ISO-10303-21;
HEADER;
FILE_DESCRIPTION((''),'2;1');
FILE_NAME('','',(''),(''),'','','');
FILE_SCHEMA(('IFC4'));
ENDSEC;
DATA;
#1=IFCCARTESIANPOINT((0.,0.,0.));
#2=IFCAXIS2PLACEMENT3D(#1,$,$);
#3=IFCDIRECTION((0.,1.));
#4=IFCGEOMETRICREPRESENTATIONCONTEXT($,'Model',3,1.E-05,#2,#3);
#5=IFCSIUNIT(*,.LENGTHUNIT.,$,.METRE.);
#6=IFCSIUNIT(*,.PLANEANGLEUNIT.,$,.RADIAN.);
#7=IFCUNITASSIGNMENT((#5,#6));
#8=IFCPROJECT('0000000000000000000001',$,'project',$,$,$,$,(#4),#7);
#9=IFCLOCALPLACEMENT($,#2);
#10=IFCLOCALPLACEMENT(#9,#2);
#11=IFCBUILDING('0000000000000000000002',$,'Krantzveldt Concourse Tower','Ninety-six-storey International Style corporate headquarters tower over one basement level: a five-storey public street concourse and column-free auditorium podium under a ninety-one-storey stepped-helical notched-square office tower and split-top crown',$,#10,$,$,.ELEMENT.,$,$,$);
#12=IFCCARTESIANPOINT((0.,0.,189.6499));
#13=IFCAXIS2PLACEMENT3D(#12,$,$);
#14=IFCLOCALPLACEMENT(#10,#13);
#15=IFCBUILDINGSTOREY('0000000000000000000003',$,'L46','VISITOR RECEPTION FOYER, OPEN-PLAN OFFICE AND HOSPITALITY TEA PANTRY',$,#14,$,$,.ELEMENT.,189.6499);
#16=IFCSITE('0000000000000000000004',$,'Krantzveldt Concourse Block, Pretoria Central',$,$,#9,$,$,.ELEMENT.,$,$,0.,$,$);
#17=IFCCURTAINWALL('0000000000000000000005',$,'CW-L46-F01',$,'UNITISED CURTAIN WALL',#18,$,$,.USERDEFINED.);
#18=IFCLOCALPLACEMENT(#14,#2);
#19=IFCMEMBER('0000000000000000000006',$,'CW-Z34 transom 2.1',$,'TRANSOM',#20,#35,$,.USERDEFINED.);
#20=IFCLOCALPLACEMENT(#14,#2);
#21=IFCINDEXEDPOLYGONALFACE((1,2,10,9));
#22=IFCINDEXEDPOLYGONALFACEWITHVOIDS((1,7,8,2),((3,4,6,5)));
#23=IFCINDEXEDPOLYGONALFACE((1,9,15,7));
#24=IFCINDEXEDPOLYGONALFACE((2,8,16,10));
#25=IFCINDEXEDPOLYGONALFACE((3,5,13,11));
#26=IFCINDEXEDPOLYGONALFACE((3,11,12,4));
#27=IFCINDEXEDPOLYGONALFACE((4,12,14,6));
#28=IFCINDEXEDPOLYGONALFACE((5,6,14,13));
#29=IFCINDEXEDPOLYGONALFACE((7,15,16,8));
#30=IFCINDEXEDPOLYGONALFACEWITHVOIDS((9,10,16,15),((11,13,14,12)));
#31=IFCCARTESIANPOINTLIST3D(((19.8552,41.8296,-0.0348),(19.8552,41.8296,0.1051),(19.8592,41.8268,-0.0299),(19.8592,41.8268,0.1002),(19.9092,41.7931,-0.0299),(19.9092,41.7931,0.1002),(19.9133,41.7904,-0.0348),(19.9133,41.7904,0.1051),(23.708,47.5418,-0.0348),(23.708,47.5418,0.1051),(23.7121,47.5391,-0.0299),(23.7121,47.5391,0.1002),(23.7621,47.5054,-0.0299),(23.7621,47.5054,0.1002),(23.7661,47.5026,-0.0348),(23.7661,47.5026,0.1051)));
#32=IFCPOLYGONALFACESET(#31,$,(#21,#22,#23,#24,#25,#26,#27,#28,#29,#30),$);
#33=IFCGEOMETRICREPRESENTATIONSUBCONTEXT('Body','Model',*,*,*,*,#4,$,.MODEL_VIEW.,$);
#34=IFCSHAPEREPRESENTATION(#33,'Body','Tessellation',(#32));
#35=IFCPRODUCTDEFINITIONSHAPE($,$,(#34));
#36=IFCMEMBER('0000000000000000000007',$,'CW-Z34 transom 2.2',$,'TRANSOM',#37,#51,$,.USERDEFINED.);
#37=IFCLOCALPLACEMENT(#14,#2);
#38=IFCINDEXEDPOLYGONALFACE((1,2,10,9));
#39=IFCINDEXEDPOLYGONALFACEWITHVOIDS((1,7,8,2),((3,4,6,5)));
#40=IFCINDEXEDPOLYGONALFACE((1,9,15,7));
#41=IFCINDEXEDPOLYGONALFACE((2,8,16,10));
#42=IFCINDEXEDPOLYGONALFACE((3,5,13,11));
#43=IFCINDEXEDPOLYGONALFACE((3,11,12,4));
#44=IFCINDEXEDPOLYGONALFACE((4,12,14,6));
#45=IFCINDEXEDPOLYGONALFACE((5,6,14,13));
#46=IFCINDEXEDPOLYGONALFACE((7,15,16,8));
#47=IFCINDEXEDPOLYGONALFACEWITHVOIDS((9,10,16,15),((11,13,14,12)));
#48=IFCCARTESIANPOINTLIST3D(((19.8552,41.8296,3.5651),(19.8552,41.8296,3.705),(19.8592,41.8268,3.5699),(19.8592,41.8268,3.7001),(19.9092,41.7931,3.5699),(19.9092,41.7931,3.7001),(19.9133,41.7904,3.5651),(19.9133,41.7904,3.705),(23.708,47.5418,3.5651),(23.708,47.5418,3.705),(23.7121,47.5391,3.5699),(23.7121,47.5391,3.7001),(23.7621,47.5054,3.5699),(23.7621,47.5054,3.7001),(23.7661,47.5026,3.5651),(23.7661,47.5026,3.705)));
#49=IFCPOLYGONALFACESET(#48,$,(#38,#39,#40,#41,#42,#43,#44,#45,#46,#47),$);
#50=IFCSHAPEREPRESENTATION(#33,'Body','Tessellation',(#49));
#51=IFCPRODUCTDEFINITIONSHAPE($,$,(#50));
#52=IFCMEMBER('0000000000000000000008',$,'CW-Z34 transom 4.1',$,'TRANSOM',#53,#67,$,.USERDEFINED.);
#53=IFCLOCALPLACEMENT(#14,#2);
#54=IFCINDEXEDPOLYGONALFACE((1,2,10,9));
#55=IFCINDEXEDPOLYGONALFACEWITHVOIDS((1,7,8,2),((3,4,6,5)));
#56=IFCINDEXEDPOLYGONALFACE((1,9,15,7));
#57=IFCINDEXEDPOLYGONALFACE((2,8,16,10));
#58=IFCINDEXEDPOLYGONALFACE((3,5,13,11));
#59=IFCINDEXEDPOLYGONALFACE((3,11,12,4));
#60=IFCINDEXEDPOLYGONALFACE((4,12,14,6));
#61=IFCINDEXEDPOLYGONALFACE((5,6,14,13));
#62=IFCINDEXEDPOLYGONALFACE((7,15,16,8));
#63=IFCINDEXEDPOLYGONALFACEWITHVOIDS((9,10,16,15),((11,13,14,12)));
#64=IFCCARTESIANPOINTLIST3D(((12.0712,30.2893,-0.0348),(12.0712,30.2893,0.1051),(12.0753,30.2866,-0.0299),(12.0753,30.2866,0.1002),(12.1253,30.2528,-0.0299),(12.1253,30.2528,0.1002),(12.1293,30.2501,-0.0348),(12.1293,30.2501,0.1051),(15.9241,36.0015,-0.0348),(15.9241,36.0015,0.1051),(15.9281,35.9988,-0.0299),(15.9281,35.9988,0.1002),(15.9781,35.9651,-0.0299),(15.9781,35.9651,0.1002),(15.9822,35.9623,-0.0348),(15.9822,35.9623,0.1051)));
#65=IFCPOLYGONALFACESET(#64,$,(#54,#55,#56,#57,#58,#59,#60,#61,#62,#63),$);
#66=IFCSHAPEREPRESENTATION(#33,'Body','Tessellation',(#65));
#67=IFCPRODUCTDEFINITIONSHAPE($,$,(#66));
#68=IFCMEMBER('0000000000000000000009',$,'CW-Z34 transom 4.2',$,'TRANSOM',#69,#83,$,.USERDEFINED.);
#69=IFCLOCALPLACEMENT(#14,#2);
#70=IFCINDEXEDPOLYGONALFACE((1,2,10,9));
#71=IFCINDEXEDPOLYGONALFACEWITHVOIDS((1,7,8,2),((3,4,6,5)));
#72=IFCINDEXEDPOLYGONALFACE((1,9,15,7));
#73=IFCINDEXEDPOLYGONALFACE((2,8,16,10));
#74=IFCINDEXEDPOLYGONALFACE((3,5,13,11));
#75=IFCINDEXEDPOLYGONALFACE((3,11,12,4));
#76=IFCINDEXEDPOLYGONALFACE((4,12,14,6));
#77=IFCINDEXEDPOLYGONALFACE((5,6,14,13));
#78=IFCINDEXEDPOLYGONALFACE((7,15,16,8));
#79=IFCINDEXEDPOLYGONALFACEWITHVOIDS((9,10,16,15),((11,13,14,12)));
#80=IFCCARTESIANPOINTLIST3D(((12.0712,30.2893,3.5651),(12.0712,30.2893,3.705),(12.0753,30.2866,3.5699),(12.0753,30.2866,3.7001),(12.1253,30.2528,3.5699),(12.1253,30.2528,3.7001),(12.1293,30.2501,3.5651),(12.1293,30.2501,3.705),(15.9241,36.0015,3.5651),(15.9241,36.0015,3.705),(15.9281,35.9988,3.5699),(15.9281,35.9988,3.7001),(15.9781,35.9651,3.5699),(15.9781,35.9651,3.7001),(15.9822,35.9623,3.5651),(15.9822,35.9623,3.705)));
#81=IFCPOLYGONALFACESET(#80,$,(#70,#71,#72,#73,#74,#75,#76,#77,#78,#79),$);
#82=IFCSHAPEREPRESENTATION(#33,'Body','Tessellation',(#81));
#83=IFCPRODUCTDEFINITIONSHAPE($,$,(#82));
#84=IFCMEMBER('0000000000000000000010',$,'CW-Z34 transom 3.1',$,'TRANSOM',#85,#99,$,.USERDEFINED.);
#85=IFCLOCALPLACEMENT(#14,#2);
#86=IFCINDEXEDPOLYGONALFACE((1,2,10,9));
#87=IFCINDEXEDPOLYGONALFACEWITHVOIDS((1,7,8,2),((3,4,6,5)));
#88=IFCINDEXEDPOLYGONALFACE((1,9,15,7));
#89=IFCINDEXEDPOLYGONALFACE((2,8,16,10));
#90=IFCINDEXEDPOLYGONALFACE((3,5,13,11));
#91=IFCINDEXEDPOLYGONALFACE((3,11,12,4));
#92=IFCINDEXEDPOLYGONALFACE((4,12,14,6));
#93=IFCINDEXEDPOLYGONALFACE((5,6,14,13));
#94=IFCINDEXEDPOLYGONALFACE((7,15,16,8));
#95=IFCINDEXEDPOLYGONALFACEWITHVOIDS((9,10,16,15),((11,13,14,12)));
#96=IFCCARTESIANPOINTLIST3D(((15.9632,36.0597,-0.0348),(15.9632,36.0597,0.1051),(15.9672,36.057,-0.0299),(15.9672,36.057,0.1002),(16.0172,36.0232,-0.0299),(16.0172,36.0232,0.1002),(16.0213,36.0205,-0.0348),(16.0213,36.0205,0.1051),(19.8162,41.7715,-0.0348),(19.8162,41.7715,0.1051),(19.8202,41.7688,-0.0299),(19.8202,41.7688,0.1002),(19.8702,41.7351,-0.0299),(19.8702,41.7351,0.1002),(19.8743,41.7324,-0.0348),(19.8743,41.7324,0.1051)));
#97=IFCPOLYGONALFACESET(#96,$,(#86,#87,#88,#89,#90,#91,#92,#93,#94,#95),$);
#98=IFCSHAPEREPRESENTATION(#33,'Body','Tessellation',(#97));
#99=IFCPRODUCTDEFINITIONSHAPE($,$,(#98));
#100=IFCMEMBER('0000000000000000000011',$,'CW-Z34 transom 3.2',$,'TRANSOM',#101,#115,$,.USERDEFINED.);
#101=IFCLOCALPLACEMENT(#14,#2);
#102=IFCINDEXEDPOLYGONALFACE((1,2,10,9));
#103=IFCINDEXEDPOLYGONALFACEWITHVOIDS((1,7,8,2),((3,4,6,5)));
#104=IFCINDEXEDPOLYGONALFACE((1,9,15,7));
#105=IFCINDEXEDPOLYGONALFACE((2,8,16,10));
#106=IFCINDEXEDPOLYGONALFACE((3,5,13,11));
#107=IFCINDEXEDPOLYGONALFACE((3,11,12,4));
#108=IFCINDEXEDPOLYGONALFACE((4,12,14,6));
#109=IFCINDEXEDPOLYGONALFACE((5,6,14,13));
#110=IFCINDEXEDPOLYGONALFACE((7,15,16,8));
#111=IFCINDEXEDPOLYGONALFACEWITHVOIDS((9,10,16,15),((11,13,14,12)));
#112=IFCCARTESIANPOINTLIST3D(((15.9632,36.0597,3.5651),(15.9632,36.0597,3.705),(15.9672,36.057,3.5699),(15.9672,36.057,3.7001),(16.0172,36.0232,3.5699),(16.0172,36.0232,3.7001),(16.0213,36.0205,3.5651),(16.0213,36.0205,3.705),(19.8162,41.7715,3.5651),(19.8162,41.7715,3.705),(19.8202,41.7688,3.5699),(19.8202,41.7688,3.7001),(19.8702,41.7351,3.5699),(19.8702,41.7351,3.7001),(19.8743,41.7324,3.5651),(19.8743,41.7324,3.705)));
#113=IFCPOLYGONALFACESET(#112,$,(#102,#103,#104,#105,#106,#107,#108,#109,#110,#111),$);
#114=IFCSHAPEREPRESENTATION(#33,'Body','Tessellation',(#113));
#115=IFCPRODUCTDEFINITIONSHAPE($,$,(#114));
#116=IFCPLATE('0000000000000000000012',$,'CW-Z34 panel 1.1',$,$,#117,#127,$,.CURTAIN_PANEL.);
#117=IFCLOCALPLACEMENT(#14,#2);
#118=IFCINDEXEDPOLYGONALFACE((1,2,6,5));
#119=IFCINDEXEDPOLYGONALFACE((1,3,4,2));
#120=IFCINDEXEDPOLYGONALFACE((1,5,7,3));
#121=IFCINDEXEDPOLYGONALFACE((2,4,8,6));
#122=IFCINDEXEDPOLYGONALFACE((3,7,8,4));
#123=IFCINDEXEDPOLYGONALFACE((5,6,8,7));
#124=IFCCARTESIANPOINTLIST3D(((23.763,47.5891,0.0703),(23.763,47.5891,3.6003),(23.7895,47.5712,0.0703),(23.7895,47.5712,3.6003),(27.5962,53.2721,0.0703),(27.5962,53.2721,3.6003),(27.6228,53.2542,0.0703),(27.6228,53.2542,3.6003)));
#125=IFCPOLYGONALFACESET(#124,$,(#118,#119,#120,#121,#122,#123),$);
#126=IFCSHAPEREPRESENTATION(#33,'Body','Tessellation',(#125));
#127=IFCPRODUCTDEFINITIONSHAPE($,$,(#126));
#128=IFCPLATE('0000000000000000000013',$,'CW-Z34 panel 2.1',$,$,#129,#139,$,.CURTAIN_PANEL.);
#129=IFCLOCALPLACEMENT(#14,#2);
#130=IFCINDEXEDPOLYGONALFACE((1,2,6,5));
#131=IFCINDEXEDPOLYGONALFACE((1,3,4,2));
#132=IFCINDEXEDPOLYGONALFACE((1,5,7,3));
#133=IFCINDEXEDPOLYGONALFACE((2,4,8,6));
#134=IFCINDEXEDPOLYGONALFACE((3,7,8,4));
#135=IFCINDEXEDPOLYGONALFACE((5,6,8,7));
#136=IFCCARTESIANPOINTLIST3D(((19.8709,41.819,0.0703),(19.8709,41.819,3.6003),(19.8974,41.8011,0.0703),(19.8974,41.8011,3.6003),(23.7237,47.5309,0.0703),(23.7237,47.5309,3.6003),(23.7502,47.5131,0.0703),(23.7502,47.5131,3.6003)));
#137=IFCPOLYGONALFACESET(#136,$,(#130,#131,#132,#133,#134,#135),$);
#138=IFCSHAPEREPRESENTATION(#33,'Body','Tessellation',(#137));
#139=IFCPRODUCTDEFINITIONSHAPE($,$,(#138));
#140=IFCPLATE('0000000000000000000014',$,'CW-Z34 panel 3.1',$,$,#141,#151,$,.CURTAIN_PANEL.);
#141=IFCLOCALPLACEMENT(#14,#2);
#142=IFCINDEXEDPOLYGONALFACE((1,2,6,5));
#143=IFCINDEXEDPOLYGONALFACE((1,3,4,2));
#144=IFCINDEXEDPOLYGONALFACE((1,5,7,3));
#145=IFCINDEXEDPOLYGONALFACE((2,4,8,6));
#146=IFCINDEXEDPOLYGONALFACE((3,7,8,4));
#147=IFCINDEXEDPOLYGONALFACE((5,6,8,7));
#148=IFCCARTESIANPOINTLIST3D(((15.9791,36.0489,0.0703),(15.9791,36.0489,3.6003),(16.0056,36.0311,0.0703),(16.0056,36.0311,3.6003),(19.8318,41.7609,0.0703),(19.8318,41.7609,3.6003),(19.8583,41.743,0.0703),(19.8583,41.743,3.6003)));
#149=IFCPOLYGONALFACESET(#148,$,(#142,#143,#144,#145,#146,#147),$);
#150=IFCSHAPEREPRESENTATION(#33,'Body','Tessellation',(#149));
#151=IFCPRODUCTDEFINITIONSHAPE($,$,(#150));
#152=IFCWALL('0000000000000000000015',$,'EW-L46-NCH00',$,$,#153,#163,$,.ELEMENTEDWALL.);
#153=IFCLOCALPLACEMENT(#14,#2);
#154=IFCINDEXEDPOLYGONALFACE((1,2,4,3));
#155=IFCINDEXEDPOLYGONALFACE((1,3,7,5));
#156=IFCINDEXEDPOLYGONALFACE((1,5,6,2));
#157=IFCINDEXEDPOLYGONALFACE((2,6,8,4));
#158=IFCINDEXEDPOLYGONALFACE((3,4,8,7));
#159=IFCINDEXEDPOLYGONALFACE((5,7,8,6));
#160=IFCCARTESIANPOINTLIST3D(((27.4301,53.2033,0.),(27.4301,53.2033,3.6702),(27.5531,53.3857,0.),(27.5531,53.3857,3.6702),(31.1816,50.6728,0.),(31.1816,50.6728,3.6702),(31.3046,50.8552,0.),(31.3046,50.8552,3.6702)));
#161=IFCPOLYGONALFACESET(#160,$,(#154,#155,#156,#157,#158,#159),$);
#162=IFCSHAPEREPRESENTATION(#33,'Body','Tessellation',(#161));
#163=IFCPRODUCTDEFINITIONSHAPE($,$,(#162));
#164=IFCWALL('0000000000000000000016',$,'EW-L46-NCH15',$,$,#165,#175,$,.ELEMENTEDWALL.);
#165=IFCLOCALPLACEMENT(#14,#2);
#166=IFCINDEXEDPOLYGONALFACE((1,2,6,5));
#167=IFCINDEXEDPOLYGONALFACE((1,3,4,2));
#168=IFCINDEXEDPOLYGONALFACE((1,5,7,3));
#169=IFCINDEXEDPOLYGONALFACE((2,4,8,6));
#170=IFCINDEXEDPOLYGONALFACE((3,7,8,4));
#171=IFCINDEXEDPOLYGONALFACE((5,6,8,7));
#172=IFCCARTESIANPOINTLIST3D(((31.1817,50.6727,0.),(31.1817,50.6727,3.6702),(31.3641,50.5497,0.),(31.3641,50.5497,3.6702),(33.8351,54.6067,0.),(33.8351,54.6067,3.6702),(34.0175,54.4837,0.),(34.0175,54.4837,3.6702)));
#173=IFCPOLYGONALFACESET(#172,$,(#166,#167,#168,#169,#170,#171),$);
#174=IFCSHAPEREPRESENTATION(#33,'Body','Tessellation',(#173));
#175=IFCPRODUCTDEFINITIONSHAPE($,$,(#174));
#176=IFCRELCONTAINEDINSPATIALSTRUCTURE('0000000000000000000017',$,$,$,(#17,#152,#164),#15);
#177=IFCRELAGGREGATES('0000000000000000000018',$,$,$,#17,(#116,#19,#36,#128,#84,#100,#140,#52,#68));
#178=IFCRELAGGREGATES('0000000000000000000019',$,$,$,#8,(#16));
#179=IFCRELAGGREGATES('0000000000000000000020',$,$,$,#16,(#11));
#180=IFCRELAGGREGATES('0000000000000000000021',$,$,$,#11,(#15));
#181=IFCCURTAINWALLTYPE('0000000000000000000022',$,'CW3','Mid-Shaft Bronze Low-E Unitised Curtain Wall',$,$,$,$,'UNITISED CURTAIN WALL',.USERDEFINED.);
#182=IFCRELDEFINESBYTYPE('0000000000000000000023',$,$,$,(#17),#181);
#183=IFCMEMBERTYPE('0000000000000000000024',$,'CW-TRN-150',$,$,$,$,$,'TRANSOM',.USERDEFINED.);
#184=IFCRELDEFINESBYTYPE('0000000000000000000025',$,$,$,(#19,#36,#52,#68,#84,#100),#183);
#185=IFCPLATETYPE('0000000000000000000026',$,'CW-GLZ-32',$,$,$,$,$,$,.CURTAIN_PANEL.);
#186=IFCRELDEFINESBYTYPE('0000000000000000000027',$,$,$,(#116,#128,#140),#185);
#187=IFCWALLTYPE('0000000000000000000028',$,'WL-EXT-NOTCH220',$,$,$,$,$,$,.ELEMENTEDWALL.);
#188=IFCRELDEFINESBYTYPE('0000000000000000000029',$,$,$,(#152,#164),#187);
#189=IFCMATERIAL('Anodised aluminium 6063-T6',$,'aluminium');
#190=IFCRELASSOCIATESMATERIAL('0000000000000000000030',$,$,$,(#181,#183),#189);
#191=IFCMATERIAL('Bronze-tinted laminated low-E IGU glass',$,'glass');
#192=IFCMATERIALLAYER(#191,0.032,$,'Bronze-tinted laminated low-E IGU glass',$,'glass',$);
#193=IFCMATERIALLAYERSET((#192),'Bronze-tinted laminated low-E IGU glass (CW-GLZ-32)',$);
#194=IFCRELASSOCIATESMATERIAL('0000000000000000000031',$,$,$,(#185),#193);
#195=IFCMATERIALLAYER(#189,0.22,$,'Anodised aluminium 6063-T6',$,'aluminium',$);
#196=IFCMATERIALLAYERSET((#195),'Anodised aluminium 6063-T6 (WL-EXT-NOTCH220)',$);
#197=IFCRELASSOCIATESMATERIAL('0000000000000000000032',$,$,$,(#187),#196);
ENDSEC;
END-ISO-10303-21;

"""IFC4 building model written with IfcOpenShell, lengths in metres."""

from ifc_helpers import new_model, si_unit, direction, frame, frame_2d, origin, origin_2d, place, context, subcontext, project, spatial, rectangle, hollow_rectangle, extrude, source, transform, mapped, material, layer, layer_set, material_profile, profile_set, type_object, type_shapes, element, aggregate, save


model = new_model("IFC4")

# Units and contexts
model_context = context("Model", 3, precision=1e-05, world=origin(), true_north=direction((0.0, 1.0)))
body_context = subcontext(model_context, "Body", "Model", "MODEL_VIEW")
ifc_project = project(units=[si_unit("LENGTHUNIT", "METRE"), si_unit("PLANEANGLEUNIT", "RADIAN")], contexts=[model_context])

# Site, building, storey
site_placement = place(None, origin())
site = spatial("IfcSite", under=ifc_project, at=site_placement, Name="Krantzveldt Concourse Block, Pretoria Central", CompositionType="ELEMENT", RefElevation=0.0)
building_placement = place(site_placement, origin())
building = spatial("IfcBuilding", under=site, at=building_placement, Name="Krantzveldt Concourse Tower", Description="Ninety-six-storey International Style corporate headquarters tower over one basement level: a five-storey public street concourse and column-free auditorium podium under a ninety-one-storey stepped-helical notched-square office tower and split-top crown", CompositionType="ELEMENT")
storey_placement = place(building_placement, frame((0.0, 0.0, 189.6499)))
storey = spatial("IfcBuildingStorey", under=building, at=storey_placement, Name="L46", Description="VISITOR RECEPTION FOYER, OPEN-PLAN OFFICE AND HOSPITALITY TEA PANTRY", CompositionType="ELEMENT", Elevation=189.6499)

# Curtain wall
ifc_material_1 = material(Name="Anodised aluminium 6063-T6", Category="aluminium")
curtain_wall_type = type_object("IfcCurtainWallType", Name="CW3", Description="Mid-Shaft Bronze Low-E Unitised Curtain Wall", ElementType="UNITISED CURTAIN WALL", PredefinedType="USERDEFINED", material=ifc_material_1)
curtain_wall_1_placement = place(storey_placement, origin())
curtain_wall_1 = element("IfcCurtainWall", 1, at=curtain_wall_1_placement, inside=storey, type_object=curtain_wall_type, Name="CW-L46-F01", ObjectType="UNITISED CURTAIN WALL", PredefinedType="USERDEFINED")

# Members
ifc_material_profile_1 = material_profile(ifc_material_1, hollow_rectangle(XDim=0.0701, YDim=0.1399, WallThickness=0.0049, at=origin_2d()), Name="Anodised aluminium 6063-T6", Category="aluminium")
ifc_profile_set_1 = profile_set([ifc_material_profile_1], Name="Anodised aluminium 6063-T6 - ALU-TRAN 140x70x5")
member_type_1 = type_object("IfcMemberType", Name="CW-TRN-150", ElementType="TRANSOM", PredefinedType="USERDEFINED", material=ifc_profile_set_1)
shared_shape_1 = source(origin(), body_context, "Body", "SweptSolid", [
    extrude(hollow_rectangle(XDim=0.0701, YDim=0.1399, WallThickness=0.0049, at=origin_2d()), origin(), (0.0, 0.0, 1.0), 6.8901),
])
member_1_placement = place(storey_placement, frame((23.7371, 47.5222, 0.0352), z_axis=(-0.559181, -0.829045, 0.0), x_axis=(0.829045, -0.559181, 0.0)))
member_1 = element("IfcMember", 2, at=member_1_placement, type_object=member_type_1, Name="CW-Z34 transom 2.1", ObjectType="TRANSOM", PredefinedType="USERDEFINED", context=body_context, shape_type="MappedRepresentation", body=[
    mapped(shared_shape_1, transform((0.0, 0.0, 0.0), x_axis=(1.0, 0.0, 0.0), y_axis=(0.0, 1.0, 0.0), z_axis=(0.0, 0.0, 1.0), scale=1.0)),
])
member_2_placement = place(storey_placement, frame((23.7371, 47.5222, 3.635), z_axis=(-0.559181, -0.829045, 0.0), x_axis=(0.829045, -0.559181, 0.0)))
member_2 = element("IfcMember", 3, at=member_2_placement, type_object=member_type_1, Name="CW-Z34 transom 2.2", ObjectType="TRANSOM", PredefinedType="USERDEFINED", context=body_context, shape_type="MappedRepresentation", body=[
    mapped(shared_shape_1, transform((0.0, 0.0, 0.0), x_axis=(1.0, 0.0, 0.0), y_axis=(0.0, 1.0, 0.0), z_axis=(0.0, 0.0, 1.0), scale=1.0)),
])
member_3_placement = place(storey_placement, frame((15.9531, 35.9819, 0.0352), z_axis=(-0.559181, -0.829045, 0.0), x_axis=(0.829045, -0.559181, 0.0)))
member_3 = element("IfcMember", 4, at=member_3_placement, type_object=member_type_1, Name="CW-Z34 transom 4.1", ObjectType="TRANSOM", PredefinedType="USERDEFINED", context=body_context, shape_type="MappedRepresentation", body=[
    mapped(shared_shape_1, transform((0.0, 0.0, 0.0), x_axis=(1.0, 0.0, 0.0), y_axis=(0.0, 1.0, 0.0), z_axis=(0.0, 0.0, 1.0), scale=1.0)),
])
member_4_placement = place(storey_placement, frame((15.9531, 35.9819, 3.635), z_axis=(-0.559181, -0.829045, 0.0), x_axis=(0.829045, -0.559181, 0.0)))
member_4 = element("IfcMember", 5, at=member_4_placement, type_object=member_type_1, Name="CW-Z34 transom 4.2", ObjectType="TRANSOM", PredefinedType="USERDEFINED", context=body_context, shape_type="MappedRepresentation", body=[
    mapped(shared_shape_1, transform((0.0, 0.0, 0.0), x_axis=(1.0, 0.0, 0.0), y_axis=(0.0, 1.0, 0.0), z_axis=(0.0, 0.0, 1.0), scale=1.0)),
])
shared_shape_2 = source(origin(), body_context, "Body", "SweptSolid", [
    extrude(hollow_rectangle(XDim=0.0701, YDim=0.1399, WallThickness=0.0049, at=origin_2d()), origin(), (0.0, 0.0, 1.0), 6.8899),
])
member_5_placement = place(storey_placement, frame((19.8452, 41.752, 0.0352), z_axis=(-0.559222, -0.829018, 0.0), x_axis=(0.829018, -0.559222, 0.0)))
member_5 = element("IfcMember", 6, at=member_5_placement, type_object=member_type_1, Name="CW-Z34 transom 3.1", ObjectType="TRANSOM", PredefinedType="USERDEFINED", context=body_context, shape_type="MappedRepresentation", body=[
    mapped(shared_shape_2, transform((0.0, 0.0, 0.0), x_axis=(1.0, 0.0, 0.0), y_axis=(0.0, 1.0, 0.0), z_axis=(0.0, 0.0, 1.0), scale=1.0)),
])
member_6_placement = place(storey_placement, frame((19.8452, 41.752, 3.635), z_axis=(-0.559222, -0.829018, 0.0), x_axis=(0.829018, -0.559222, 0.0)))
member_6 = element("IfcMember", 7, at=member_6_placement, type_object=member_type_1, Name="CW-Z34 transom 3.2", ObjectType="TRANSOM", PredefinedType="USERDEFINED", context=body_context, shape_type="MappedRepresentation", body=[
    mapped(shared_shape_2, transform((0.0, 0.0, 0.0), x_axis=(1.0, 0.0, 0.0), y_axis=(0.0, 1.0, 0.0), z_axis=(0.0, 0.0, 1.0), scale=1.0)),
])

# Plates
ifc_material_2 = material(Name="Bronze-tinted laminated low-E IGU glass", Category="glass")
ifc_layer_1 = layer(ifc_material_2, 0.032, Name="Bronze-tinted laminated low-E IGU glass", Category="glass")
ifc_layer_set_1 = layer_set([ifc_layer_1], Name="Bronze-tinted laminated low-E IGU glass (CW-GLZ-32)")
plate_type = type_object("IfcPlateType", Name="CW-GLZ-32", PredefinedType="CURTAIN_PANEL", material=ifc_layer_set_1)
shared_shape_3 = source(origin(), body_context, "Body", "SweptSolid", [
    extrude(rectangle(XDim=6.855, YDim=0.032, at=origin_2d()), origin(), (0.0, 0.0, 1.0), 3.53),
])
plate_1_placement = place(storey_placement, frame((25.6929, 50.4216, 0.0703), z_axis=(0.0, 0.0, 1.0), x_axis=(-0.559193, -0.829038, 0.0)))
plate_1 = element("IfcPlate", 8, at=plate_1_placement, type_object=plate_type, Name="CW-Z34 panel 1.1", PredefinedType="CURTAIN_PANEL", context=body_context, shape_type="MappedRepresentation", body=[
    mapped(shared_shape_3, transform((0.0, 0.0, 0.0), x_axis=(1.0, 0.0, 0.0), y_axis=(0.0, 1.0, 0.0), z_axis=(0.0, 0.0, 1.0), scale=1.0)),
])
shared_shape_4 = source(origin(), body_context, "Body", "SweptSolid", [
    extrude(rectangle(XDim=6.8899, YDim=0.032, at=origin_2d()), origin(), (0.0, 0.0, 1.0), 3.53),
])
type_shapes(plate_type, [shared_shape_3, shared_shape_4])
plate_2_placement = place(storey_placement, frame((21.8105, 44.666, 0.0703), z_axis=(0.0, 0.0, 1.0), x_axis=(-0.559193, -0.829038, 0.0)))
plate_2 = element("IfcPlate", 9, at=plate_2_placement, type_object=plate_type, Name="CW-Z34 panel 2.1", PredefinedType="CURTAIN_PANEL", context=body_context, shape_type="MappedRepresentation", body=[
    mapped(shared_shape_4, transform((0.0, 0.0, 0.0), x_axis=(1.0, 0.0, 0.0), y_axis=(0.0, 1.0, 0.0), z_axis=(0.0, 0.0, 1.0), scale=1.0)),
])
plate_3_placement = place(storey_placement, frame((17.9187, 38.896, 0.0703), z_axis=(0.0, 0.0, 1.0), x_axis=(-0.559193, -0.829038, 0.0)))
plate_3 = element("IfcPlate", 10, at=plate_3_placement, type_object=plate_type, Name="CW-Z34 panel 3.1", PredefinedType="CURTAIN_PANEL", context=body_context, shape_type="MappedRepresentation", body=[
    mapped(shared_shape_4, transform((0.0, 0.0, 0.0), x_axis=(1.0, 0.0, 0.0), y_axis=(0.0, 1.0, 0.0), z_axis=(0.0, 0.0, 1.0), scale=1.0)),
])
aggregate(curtain_wall_1, [plate_1, member_1, member_2, plate_2, member_5, member_6, plate_3, member_3, member_4])

# Walls
ifc_layer_2 = layer(ifc_material_1, 0.22, Name="Anodised aluminium 6063-T6", Category="aluminium")
ifc_layer_set_2 = layer_set([ifc_layer_2], Name="Anodised aluminium 6063-T6 (WL-EXT-NOTCH220)")
wall_type_1 = type_object("IfcWallType", Name="WL-EXT-NOTCH220", PredefinedType="ELEMENTEDWALL", material=ifc_layer_set_2)
wall_1_placement = place(storey_placement, frame((31.2432, 50.7639, 0.0), z_axis=(0.0, 0.0, 1.0), x_axis=(-0.829025, 0.559212, 0.0)))
element("IfcWall", 11, at=wall_1_placement, inside=storey, type_object=wall_type_1, Name="EW-L46-NCH00", PredefinedType="ELEMENTEDWALL", context=body_context, shape_type="SweptSolid", body=[
    extrude(rectangle(XDim=4.5251, YDim=0.22, at=frame_2d((2.2627, 0.0))), origin(), (0.0, 0.0, 1.0), 3.6702),
])
wall_2_placement = place(storey_placement, frame((33.9263, 54.5452, 0.0), z_axis=(0.0, 0.0, 1.0), x_axis=(-0.55918, -0.829046, 0.0)))
element("IfcWall", 12, at=wall_2_placement, inside=storey, type_object=wall_type_1, Name="EW-L46-NCH15", PredefinedType="ELEMENTEDWALL", context=body_context, shape_type="SweptSolid", body=[
    extrude(rectangle(XDim=4.7451, YDim=0.22, at=frame_2d((2.3726, 0.0))), origin(), (0.0, 0.0, 1.0), 3.6702),
])

save(model, "model.ifc")
